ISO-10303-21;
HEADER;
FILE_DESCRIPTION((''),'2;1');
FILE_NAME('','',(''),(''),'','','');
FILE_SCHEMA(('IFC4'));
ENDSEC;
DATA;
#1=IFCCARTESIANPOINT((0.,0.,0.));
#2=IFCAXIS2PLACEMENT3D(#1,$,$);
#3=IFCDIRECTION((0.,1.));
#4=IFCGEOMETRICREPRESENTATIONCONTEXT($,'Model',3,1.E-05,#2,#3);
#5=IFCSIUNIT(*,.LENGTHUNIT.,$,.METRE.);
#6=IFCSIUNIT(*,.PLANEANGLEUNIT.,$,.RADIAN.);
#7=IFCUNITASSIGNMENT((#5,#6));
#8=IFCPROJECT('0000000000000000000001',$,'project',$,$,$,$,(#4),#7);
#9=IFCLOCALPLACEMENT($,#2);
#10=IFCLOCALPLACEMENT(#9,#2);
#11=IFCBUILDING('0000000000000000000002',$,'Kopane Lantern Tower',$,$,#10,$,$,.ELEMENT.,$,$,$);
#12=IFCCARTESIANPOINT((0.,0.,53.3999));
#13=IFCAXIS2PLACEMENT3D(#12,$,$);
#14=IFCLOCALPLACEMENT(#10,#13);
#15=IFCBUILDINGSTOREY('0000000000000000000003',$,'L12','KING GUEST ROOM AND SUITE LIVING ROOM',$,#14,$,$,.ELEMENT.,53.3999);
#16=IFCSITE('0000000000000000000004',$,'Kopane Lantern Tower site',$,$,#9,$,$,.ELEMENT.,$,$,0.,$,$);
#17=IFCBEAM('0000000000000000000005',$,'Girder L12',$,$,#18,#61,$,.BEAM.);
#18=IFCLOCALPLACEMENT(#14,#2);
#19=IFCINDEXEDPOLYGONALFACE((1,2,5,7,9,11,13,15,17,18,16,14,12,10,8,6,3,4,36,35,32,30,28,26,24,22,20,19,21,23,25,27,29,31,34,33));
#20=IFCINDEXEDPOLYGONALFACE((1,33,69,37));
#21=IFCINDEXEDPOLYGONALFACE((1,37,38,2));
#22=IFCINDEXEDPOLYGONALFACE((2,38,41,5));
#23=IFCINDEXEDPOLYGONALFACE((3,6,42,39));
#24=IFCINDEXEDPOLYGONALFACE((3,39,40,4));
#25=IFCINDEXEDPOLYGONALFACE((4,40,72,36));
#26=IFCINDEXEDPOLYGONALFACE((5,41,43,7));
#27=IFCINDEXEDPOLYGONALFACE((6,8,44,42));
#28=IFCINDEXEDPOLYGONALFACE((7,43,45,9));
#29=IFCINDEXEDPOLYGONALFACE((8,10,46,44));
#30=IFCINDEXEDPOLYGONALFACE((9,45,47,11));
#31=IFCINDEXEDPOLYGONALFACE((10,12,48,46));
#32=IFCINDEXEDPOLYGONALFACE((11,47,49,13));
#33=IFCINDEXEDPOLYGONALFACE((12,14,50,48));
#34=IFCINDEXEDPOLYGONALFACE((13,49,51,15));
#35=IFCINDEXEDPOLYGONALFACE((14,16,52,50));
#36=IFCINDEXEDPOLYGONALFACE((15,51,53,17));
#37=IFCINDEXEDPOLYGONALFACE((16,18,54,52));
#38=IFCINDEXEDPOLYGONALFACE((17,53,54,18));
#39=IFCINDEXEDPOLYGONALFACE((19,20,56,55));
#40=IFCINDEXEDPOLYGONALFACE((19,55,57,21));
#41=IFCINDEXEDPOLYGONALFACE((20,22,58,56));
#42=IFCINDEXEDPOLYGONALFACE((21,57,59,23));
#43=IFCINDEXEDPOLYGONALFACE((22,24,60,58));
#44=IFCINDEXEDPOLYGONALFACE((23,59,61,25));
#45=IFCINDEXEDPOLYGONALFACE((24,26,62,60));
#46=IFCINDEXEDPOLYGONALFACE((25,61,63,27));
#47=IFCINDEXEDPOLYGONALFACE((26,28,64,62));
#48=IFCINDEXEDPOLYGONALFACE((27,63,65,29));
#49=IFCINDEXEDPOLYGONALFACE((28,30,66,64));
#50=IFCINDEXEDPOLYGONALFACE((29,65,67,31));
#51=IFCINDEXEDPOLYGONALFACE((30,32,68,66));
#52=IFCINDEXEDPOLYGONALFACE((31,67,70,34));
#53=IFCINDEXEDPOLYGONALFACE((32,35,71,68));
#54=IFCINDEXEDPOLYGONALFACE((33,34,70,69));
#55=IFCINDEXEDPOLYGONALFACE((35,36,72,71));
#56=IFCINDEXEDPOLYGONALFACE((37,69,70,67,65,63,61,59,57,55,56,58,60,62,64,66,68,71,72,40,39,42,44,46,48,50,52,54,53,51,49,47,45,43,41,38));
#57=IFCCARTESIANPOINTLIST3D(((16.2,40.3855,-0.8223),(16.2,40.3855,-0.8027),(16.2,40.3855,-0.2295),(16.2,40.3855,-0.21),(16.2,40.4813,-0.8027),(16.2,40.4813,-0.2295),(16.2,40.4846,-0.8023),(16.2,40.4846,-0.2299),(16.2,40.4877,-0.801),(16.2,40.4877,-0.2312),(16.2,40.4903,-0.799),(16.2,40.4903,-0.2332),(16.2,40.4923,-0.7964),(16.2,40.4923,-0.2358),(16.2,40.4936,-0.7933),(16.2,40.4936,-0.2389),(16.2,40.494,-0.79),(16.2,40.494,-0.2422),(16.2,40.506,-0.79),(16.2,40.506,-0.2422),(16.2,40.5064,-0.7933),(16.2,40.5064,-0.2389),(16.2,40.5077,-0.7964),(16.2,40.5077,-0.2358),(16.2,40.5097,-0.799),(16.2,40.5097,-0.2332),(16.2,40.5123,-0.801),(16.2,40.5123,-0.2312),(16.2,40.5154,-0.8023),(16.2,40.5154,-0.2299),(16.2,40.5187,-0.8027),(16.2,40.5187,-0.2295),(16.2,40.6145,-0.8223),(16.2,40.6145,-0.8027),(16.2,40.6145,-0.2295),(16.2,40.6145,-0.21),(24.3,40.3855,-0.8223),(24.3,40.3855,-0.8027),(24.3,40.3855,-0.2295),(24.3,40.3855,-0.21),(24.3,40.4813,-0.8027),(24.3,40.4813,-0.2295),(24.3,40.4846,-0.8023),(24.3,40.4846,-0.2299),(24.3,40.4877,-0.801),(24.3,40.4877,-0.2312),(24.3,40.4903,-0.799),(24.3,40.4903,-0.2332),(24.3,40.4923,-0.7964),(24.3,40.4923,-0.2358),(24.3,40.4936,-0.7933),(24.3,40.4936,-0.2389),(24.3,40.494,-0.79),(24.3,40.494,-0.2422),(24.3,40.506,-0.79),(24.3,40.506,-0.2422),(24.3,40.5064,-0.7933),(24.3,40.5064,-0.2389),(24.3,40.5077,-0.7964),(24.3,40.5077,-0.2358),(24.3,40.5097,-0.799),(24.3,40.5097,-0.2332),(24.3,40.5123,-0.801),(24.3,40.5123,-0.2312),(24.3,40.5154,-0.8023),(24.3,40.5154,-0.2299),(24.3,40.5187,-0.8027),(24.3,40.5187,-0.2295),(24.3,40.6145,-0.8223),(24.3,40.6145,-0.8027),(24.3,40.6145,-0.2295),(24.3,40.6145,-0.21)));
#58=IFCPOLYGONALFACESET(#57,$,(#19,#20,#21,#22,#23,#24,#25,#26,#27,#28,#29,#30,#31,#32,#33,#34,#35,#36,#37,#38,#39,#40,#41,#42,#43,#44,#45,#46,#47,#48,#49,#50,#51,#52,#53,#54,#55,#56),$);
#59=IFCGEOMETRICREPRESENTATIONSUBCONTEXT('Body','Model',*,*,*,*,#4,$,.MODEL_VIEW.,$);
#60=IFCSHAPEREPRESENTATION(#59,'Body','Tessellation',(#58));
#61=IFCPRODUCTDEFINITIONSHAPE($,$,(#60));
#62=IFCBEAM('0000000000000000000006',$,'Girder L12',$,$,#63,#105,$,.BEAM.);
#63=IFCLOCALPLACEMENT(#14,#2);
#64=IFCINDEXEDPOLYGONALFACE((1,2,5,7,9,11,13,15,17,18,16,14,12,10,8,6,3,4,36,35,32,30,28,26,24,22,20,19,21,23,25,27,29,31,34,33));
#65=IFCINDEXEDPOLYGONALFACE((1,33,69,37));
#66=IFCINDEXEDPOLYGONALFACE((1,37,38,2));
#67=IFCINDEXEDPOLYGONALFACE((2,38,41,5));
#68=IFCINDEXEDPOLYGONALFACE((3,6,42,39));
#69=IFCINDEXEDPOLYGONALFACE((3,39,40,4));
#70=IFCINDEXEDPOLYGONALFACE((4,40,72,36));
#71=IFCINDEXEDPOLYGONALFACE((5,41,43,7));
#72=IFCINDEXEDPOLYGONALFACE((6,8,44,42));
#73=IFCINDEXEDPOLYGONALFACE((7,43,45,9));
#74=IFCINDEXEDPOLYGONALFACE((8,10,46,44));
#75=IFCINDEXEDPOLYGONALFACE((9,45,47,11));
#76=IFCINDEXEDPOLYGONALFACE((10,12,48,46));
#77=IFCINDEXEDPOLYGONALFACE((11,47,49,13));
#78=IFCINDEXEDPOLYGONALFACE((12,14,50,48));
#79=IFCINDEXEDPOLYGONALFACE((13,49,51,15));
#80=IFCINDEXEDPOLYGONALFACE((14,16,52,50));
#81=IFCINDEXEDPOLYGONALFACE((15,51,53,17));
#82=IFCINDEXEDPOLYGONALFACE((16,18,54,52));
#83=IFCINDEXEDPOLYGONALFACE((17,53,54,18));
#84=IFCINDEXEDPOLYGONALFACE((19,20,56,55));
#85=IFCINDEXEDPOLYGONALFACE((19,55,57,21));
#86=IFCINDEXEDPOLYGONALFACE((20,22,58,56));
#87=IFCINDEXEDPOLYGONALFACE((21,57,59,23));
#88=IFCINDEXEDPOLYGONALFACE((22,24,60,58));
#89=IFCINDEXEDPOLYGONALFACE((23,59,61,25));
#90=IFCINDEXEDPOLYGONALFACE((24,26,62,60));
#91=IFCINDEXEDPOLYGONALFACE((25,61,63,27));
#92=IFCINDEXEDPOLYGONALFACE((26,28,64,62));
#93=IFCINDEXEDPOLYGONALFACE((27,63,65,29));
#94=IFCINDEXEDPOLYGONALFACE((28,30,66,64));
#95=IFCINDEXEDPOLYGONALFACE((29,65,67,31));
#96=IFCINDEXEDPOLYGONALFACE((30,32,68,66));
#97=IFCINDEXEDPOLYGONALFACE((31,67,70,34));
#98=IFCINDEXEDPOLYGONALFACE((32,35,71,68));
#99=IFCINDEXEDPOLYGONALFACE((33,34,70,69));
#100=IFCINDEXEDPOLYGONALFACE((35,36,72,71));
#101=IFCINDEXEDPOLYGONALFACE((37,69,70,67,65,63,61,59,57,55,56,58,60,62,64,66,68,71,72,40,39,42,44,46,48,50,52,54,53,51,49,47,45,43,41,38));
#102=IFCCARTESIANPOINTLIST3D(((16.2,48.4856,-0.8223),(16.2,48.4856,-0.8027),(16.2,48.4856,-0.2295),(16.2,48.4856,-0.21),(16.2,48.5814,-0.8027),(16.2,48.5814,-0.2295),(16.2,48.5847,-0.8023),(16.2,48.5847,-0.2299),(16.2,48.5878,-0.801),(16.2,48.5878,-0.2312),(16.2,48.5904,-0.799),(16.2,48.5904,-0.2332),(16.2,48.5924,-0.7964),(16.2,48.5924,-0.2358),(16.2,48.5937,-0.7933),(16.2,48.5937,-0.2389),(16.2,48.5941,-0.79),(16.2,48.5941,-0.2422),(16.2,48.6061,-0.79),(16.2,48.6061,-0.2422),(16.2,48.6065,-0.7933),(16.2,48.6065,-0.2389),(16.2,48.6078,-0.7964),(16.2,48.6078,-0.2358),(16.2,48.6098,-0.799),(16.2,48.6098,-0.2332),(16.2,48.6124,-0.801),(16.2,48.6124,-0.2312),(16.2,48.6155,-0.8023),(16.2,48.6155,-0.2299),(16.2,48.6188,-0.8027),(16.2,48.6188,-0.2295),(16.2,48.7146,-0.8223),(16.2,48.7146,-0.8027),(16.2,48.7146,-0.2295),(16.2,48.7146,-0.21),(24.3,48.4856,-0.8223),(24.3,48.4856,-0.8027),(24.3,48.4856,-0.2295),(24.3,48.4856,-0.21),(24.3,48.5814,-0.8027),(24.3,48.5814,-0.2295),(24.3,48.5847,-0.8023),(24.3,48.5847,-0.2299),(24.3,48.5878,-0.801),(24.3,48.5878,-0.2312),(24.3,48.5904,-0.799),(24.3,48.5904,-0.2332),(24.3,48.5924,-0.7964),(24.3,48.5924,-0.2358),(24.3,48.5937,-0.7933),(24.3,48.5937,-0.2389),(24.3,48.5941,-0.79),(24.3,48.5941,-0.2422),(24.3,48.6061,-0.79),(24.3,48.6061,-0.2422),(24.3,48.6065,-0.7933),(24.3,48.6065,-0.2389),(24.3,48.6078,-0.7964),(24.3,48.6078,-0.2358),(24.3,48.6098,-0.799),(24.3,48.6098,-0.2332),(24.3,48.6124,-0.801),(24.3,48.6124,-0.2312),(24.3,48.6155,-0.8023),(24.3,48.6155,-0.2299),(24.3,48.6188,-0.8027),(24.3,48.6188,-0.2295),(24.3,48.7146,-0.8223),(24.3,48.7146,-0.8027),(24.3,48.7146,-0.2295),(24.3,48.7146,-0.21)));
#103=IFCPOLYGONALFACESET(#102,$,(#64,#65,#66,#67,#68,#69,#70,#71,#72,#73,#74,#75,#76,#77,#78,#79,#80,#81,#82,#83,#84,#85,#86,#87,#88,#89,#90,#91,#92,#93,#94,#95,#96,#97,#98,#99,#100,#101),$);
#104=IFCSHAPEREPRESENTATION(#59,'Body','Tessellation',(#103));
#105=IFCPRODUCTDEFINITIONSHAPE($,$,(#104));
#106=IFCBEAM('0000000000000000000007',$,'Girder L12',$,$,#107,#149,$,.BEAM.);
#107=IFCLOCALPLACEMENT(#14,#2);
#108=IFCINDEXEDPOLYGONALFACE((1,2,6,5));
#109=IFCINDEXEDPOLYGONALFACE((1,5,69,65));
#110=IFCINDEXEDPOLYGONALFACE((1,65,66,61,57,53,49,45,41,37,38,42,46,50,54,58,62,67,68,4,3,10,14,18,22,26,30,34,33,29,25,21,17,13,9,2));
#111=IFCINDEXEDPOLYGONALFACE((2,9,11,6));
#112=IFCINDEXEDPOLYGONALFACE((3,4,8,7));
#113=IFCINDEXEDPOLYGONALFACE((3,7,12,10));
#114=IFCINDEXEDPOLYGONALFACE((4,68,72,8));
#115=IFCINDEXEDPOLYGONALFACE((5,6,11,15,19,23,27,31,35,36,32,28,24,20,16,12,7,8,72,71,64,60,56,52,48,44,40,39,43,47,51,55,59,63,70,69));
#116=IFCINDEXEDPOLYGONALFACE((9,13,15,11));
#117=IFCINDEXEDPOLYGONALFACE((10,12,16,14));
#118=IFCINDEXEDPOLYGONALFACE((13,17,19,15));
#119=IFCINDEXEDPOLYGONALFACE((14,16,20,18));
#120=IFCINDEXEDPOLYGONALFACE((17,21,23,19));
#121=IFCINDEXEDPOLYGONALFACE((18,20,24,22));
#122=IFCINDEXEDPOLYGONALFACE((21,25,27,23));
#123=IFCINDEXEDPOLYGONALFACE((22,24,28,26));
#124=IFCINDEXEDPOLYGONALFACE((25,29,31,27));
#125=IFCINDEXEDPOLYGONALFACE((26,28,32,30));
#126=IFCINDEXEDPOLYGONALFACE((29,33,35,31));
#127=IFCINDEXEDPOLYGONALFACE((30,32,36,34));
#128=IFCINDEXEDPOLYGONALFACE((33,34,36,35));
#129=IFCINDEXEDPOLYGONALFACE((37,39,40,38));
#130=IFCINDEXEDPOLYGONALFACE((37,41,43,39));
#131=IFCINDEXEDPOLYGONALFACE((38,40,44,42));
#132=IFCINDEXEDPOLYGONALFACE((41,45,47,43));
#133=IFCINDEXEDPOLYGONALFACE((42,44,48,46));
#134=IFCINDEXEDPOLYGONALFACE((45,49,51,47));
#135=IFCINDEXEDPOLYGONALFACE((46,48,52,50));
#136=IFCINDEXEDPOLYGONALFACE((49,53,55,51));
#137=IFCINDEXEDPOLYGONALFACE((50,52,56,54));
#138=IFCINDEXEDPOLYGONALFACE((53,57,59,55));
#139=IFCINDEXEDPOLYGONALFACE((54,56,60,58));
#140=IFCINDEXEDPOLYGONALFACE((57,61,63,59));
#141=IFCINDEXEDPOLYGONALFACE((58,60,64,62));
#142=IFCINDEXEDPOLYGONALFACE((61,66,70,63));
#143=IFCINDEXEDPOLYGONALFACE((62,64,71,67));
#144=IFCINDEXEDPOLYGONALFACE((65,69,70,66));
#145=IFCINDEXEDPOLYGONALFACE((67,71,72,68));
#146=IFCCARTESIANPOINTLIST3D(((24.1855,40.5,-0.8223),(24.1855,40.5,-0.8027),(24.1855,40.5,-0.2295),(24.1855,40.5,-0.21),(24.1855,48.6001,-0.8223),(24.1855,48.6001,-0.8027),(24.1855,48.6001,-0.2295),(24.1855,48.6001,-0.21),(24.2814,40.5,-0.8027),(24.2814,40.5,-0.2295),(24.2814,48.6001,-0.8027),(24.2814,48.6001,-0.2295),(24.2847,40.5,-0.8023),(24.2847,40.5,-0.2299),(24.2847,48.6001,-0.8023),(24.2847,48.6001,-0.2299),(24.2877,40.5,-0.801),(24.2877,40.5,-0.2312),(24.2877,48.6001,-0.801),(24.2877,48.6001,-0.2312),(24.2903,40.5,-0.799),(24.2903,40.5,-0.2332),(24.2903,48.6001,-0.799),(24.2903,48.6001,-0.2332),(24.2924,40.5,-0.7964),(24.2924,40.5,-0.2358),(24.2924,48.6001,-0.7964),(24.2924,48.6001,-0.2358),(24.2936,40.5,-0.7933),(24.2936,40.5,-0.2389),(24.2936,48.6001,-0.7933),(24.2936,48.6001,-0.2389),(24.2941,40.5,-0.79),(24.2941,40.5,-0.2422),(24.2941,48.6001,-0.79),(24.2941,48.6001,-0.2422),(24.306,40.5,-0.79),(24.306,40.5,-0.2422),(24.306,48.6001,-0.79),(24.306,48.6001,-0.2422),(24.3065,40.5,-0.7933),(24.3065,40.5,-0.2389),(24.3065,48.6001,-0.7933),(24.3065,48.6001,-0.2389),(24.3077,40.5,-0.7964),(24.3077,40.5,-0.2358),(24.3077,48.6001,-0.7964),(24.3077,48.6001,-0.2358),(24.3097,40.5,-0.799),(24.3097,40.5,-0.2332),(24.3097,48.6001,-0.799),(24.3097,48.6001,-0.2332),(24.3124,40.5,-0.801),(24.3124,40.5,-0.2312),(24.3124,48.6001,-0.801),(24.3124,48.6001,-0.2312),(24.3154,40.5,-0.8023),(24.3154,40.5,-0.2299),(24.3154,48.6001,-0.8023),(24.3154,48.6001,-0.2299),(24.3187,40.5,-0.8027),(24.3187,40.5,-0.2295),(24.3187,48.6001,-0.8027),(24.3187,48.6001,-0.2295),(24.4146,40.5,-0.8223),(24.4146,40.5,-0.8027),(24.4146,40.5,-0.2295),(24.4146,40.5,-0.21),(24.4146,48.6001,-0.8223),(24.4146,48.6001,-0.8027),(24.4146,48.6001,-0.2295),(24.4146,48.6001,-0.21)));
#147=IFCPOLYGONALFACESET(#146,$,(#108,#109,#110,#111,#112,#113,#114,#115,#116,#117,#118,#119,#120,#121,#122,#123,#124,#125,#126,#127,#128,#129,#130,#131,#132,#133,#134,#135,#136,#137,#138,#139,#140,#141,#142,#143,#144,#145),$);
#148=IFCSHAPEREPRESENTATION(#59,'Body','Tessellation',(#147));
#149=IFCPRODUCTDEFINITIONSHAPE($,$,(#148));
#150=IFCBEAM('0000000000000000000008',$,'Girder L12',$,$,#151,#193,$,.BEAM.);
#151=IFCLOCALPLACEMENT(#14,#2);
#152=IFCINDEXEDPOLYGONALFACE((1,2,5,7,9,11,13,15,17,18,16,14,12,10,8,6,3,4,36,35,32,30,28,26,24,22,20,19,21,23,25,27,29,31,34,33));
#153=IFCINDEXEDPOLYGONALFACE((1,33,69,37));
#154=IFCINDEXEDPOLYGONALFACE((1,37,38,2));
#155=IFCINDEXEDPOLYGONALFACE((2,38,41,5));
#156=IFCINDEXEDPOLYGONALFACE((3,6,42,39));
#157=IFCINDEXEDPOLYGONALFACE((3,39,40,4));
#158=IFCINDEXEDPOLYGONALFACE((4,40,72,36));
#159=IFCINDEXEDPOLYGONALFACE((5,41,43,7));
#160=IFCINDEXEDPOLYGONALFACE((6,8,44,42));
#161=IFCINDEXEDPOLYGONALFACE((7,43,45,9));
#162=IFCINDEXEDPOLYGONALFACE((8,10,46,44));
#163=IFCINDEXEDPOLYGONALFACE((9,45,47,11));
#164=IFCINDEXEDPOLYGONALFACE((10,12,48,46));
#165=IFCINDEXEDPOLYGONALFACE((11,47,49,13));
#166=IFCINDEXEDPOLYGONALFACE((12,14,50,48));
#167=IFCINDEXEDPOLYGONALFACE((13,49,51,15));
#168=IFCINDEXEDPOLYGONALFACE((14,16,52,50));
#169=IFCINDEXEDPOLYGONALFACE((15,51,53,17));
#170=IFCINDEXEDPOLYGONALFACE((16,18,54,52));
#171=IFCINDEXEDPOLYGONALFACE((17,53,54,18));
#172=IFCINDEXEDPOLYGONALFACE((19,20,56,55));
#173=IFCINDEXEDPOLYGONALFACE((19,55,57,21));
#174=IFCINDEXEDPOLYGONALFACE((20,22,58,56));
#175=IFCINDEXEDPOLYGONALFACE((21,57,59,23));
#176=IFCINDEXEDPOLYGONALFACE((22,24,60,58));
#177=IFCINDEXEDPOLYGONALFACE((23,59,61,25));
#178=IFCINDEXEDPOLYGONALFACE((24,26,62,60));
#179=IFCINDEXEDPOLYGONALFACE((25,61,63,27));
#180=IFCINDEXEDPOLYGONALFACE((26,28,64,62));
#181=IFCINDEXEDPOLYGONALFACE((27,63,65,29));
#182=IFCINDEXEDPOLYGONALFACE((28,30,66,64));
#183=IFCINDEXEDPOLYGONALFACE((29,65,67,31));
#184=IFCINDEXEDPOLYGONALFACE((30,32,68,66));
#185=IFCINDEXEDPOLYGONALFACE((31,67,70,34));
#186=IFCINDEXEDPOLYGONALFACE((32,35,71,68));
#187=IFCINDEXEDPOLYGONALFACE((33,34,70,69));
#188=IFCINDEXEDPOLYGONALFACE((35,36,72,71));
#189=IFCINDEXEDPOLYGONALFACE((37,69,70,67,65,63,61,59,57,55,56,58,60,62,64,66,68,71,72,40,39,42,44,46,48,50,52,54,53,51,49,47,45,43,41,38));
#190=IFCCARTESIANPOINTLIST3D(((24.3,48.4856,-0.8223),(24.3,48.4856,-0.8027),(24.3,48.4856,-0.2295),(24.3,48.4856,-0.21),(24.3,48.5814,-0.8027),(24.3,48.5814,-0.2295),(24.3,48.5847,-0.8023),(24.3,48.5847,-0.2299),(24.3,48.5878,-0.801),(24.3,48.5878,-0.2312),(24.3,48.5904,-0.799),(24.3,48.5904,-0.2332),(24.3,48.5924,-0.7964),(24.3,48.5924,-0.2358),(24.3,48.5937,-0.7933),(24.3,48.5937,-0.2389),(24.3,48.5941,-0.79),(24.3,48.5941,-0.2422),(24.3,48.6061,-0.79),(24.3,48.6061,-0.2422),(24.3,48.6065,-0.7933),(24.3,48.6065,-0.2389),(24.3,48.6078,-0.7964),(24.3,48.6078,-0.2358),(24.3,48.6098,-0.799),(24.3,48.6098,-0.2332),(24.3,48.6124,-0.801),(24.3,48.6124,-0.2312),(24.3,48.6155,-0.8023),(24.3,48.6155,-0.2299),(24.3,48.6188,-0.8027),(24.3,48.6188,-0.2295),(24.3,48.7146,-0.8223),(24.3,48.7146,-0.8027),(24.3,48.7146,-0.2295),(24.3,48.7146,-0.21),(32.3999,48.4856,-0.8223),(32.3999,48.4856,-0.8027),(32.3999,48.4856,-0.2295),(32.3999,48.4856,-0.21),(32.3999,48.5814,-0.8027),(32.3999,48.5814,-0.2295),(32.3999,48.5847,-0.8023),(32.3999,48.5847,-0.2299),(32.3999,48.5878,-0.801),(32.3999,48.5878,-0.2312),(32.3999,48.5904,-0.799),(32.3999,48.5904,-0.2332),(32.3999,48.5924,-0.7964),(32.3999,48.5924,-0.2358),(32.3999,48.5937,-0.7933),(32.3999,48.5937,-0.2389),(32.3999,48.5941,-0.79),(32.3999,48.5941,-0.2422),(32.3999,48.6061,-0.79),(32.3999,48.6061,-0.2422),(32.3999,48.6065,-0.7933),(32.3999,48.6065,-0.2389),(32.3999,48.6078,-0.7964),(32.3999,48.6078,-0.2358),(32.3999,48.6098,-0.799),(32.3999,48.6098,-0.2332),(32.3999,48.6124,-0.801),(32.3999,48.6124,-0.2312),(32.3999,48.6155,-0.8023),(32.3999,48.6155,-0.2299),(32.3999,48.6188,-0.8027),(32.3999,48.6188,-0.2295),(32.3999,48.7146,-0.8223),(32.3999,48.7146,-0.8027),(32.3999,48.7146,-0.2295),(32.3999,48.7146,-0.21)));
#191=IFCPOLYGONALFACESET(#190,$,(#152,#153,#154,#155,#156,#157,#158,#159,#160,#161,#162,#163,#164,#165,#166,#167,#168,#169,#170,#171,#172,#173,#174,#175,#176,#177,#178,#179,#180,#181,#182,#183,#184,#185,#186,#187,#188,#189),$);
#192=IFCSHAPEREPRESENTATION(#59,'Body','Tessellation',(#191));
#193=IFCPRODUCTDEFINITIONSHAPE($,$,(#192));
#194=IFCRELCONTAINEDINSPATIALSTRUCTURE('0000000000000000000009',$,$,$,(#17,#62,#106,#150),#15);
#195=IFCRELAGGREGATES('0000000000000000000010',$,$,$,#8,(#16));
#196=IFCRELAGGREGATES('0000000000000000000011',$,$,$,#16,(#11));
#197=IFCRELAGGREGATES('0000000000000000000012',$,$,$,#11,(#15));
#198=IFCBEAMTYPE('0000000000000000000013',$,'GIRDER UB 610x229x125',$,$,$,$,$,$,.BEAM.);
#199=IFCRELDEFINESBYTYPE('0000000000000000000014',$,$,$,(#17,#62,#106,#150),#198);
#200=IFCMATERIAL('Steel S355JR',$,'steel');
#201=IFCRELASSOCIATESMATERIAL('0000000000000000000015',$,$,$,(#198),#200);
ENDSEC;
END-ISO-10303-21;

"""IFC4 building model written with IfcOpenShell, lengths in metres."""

from ifc_helpers import new_model, si_unit, direction, frame, origin, origin_2d, place, context, subcontext, project, spatial, i_section, extrude, material, material_profile, profile_set, type_object, element, save


model = new_model("IFC4")

# Units and contexts
model_context = context("Model", 3, precision=1e-05, world=origin(), true_north=direction((0.0, 1.0)))
body_context = subcontext(model_context, "Body", "Model", "MODEL_VIEW")
ifc_project = project(units=[si_unit("LENGTHUNIT", "METRE"), si_unit("PLANEANGLEUNIT", "RADIAN")], contexts=[model_context])

# Site, building, storey
site_placement = place(None, origin())
site = spatial("IfcSite", under=ifc_project, at=site_placement, Name="Kopane Lantern Tower site", CompositionType="ELEMENT", RefElevation=0.0)
building_placement = place(site_placement, origin())
building = spatial("IfcBuilding", under=site, at=building_placement, Name="Kopane Lantern Tower", CompositionType="ELEMENT")
storey_placement = place(building_placement, frame((0.0, 0.0, 53.3999)))
storey = spatial("IfcBuildingStorey", under=building, at=storey_placement, Name="L12", Description="KING GUEST ROOM AND SUITE LIVING ROOM", CompositionType="ELEMENT", Elevation=53.3999)

# Beams
ifc_material_1 = material(Name="Steel S355JR", Category="steel")
ifc_material_profile_1 = material_profile(ifc_material_1, i_section(OverallWidth=0.229, OverallDepth=0.6123, WebThickness=0.012, FlangeThickness=0.0195, FilletRadius=0.0127, at=origin_2d()), Name="UB 610x229x125")
ifc_profile_set_1 = profile_set([ifc_material_profile_1], Name="Steel S355JR")
beam_type_1 = type_object("IfcBeamType", Name="GIRDER UB 610x229x125", PredefinedType="BEAM", material=ifc_profile_set_1)
for number, where, z_axis, x_axis, name in (
    (1, (16.2, 40.5, -0.5161), (1.0, 0.0, 0.0), (0.0, 1.0, 0.0), "Girder L12"),
    (2, (16.2, 48.6001, -0.5161), (1.0, 0.0, 0.0), (0.0, 1.0, 0.0), "Girder L12"),
    (3, (24.3, 40.5, -0.5161), (0.0, 1.0, 0.0), (-1.0, 0.0, 0.0), "Girder L12"),
):
    element("IfcBeam", number, at=place(storey_placement, frame(where, z_axis=z_axis, x_axis=x_axis)), inside=storey, type_object=beam_type_1, Name=name, PredefinedType="BEAM", context=body_context, shape_type="SweptSolid", body=[
        extrude(i_section(OverallWidth=0.229, OverallDepth=0.6123, WebThickness=0.012, FlangeThickness=0.0195, FilletRadius=0.0127, at=origin_2d()), origin(), (0.0, 0.0, 1.0), 8.1001),
    ])
beam_1_placement = place(storey_placement, frame((24.3, 48.6001, -0.5161), z_axis=(1.0, 0.0, 0.0), x_axis=(0.0, 1.0, 0.0)))
element("IfcBeam", 4, at=beam_1_placement, inside=storey, type_object=beam_type_1, Name="Girder L12", PredefinedType="BEAM", context=body_context, shape_type="SweptSolid", body=[
    extrude(i_section(OverallWidth=0.229, OverallDepth=0.6123, WebThickness=0.012, FlangeThickness=0.0195, FilletRadius=0.0127, at=origin_2d()), origin(), (0.0, 0.0, 1.0), 8.0999),
])

save(model, "model.ifc")
